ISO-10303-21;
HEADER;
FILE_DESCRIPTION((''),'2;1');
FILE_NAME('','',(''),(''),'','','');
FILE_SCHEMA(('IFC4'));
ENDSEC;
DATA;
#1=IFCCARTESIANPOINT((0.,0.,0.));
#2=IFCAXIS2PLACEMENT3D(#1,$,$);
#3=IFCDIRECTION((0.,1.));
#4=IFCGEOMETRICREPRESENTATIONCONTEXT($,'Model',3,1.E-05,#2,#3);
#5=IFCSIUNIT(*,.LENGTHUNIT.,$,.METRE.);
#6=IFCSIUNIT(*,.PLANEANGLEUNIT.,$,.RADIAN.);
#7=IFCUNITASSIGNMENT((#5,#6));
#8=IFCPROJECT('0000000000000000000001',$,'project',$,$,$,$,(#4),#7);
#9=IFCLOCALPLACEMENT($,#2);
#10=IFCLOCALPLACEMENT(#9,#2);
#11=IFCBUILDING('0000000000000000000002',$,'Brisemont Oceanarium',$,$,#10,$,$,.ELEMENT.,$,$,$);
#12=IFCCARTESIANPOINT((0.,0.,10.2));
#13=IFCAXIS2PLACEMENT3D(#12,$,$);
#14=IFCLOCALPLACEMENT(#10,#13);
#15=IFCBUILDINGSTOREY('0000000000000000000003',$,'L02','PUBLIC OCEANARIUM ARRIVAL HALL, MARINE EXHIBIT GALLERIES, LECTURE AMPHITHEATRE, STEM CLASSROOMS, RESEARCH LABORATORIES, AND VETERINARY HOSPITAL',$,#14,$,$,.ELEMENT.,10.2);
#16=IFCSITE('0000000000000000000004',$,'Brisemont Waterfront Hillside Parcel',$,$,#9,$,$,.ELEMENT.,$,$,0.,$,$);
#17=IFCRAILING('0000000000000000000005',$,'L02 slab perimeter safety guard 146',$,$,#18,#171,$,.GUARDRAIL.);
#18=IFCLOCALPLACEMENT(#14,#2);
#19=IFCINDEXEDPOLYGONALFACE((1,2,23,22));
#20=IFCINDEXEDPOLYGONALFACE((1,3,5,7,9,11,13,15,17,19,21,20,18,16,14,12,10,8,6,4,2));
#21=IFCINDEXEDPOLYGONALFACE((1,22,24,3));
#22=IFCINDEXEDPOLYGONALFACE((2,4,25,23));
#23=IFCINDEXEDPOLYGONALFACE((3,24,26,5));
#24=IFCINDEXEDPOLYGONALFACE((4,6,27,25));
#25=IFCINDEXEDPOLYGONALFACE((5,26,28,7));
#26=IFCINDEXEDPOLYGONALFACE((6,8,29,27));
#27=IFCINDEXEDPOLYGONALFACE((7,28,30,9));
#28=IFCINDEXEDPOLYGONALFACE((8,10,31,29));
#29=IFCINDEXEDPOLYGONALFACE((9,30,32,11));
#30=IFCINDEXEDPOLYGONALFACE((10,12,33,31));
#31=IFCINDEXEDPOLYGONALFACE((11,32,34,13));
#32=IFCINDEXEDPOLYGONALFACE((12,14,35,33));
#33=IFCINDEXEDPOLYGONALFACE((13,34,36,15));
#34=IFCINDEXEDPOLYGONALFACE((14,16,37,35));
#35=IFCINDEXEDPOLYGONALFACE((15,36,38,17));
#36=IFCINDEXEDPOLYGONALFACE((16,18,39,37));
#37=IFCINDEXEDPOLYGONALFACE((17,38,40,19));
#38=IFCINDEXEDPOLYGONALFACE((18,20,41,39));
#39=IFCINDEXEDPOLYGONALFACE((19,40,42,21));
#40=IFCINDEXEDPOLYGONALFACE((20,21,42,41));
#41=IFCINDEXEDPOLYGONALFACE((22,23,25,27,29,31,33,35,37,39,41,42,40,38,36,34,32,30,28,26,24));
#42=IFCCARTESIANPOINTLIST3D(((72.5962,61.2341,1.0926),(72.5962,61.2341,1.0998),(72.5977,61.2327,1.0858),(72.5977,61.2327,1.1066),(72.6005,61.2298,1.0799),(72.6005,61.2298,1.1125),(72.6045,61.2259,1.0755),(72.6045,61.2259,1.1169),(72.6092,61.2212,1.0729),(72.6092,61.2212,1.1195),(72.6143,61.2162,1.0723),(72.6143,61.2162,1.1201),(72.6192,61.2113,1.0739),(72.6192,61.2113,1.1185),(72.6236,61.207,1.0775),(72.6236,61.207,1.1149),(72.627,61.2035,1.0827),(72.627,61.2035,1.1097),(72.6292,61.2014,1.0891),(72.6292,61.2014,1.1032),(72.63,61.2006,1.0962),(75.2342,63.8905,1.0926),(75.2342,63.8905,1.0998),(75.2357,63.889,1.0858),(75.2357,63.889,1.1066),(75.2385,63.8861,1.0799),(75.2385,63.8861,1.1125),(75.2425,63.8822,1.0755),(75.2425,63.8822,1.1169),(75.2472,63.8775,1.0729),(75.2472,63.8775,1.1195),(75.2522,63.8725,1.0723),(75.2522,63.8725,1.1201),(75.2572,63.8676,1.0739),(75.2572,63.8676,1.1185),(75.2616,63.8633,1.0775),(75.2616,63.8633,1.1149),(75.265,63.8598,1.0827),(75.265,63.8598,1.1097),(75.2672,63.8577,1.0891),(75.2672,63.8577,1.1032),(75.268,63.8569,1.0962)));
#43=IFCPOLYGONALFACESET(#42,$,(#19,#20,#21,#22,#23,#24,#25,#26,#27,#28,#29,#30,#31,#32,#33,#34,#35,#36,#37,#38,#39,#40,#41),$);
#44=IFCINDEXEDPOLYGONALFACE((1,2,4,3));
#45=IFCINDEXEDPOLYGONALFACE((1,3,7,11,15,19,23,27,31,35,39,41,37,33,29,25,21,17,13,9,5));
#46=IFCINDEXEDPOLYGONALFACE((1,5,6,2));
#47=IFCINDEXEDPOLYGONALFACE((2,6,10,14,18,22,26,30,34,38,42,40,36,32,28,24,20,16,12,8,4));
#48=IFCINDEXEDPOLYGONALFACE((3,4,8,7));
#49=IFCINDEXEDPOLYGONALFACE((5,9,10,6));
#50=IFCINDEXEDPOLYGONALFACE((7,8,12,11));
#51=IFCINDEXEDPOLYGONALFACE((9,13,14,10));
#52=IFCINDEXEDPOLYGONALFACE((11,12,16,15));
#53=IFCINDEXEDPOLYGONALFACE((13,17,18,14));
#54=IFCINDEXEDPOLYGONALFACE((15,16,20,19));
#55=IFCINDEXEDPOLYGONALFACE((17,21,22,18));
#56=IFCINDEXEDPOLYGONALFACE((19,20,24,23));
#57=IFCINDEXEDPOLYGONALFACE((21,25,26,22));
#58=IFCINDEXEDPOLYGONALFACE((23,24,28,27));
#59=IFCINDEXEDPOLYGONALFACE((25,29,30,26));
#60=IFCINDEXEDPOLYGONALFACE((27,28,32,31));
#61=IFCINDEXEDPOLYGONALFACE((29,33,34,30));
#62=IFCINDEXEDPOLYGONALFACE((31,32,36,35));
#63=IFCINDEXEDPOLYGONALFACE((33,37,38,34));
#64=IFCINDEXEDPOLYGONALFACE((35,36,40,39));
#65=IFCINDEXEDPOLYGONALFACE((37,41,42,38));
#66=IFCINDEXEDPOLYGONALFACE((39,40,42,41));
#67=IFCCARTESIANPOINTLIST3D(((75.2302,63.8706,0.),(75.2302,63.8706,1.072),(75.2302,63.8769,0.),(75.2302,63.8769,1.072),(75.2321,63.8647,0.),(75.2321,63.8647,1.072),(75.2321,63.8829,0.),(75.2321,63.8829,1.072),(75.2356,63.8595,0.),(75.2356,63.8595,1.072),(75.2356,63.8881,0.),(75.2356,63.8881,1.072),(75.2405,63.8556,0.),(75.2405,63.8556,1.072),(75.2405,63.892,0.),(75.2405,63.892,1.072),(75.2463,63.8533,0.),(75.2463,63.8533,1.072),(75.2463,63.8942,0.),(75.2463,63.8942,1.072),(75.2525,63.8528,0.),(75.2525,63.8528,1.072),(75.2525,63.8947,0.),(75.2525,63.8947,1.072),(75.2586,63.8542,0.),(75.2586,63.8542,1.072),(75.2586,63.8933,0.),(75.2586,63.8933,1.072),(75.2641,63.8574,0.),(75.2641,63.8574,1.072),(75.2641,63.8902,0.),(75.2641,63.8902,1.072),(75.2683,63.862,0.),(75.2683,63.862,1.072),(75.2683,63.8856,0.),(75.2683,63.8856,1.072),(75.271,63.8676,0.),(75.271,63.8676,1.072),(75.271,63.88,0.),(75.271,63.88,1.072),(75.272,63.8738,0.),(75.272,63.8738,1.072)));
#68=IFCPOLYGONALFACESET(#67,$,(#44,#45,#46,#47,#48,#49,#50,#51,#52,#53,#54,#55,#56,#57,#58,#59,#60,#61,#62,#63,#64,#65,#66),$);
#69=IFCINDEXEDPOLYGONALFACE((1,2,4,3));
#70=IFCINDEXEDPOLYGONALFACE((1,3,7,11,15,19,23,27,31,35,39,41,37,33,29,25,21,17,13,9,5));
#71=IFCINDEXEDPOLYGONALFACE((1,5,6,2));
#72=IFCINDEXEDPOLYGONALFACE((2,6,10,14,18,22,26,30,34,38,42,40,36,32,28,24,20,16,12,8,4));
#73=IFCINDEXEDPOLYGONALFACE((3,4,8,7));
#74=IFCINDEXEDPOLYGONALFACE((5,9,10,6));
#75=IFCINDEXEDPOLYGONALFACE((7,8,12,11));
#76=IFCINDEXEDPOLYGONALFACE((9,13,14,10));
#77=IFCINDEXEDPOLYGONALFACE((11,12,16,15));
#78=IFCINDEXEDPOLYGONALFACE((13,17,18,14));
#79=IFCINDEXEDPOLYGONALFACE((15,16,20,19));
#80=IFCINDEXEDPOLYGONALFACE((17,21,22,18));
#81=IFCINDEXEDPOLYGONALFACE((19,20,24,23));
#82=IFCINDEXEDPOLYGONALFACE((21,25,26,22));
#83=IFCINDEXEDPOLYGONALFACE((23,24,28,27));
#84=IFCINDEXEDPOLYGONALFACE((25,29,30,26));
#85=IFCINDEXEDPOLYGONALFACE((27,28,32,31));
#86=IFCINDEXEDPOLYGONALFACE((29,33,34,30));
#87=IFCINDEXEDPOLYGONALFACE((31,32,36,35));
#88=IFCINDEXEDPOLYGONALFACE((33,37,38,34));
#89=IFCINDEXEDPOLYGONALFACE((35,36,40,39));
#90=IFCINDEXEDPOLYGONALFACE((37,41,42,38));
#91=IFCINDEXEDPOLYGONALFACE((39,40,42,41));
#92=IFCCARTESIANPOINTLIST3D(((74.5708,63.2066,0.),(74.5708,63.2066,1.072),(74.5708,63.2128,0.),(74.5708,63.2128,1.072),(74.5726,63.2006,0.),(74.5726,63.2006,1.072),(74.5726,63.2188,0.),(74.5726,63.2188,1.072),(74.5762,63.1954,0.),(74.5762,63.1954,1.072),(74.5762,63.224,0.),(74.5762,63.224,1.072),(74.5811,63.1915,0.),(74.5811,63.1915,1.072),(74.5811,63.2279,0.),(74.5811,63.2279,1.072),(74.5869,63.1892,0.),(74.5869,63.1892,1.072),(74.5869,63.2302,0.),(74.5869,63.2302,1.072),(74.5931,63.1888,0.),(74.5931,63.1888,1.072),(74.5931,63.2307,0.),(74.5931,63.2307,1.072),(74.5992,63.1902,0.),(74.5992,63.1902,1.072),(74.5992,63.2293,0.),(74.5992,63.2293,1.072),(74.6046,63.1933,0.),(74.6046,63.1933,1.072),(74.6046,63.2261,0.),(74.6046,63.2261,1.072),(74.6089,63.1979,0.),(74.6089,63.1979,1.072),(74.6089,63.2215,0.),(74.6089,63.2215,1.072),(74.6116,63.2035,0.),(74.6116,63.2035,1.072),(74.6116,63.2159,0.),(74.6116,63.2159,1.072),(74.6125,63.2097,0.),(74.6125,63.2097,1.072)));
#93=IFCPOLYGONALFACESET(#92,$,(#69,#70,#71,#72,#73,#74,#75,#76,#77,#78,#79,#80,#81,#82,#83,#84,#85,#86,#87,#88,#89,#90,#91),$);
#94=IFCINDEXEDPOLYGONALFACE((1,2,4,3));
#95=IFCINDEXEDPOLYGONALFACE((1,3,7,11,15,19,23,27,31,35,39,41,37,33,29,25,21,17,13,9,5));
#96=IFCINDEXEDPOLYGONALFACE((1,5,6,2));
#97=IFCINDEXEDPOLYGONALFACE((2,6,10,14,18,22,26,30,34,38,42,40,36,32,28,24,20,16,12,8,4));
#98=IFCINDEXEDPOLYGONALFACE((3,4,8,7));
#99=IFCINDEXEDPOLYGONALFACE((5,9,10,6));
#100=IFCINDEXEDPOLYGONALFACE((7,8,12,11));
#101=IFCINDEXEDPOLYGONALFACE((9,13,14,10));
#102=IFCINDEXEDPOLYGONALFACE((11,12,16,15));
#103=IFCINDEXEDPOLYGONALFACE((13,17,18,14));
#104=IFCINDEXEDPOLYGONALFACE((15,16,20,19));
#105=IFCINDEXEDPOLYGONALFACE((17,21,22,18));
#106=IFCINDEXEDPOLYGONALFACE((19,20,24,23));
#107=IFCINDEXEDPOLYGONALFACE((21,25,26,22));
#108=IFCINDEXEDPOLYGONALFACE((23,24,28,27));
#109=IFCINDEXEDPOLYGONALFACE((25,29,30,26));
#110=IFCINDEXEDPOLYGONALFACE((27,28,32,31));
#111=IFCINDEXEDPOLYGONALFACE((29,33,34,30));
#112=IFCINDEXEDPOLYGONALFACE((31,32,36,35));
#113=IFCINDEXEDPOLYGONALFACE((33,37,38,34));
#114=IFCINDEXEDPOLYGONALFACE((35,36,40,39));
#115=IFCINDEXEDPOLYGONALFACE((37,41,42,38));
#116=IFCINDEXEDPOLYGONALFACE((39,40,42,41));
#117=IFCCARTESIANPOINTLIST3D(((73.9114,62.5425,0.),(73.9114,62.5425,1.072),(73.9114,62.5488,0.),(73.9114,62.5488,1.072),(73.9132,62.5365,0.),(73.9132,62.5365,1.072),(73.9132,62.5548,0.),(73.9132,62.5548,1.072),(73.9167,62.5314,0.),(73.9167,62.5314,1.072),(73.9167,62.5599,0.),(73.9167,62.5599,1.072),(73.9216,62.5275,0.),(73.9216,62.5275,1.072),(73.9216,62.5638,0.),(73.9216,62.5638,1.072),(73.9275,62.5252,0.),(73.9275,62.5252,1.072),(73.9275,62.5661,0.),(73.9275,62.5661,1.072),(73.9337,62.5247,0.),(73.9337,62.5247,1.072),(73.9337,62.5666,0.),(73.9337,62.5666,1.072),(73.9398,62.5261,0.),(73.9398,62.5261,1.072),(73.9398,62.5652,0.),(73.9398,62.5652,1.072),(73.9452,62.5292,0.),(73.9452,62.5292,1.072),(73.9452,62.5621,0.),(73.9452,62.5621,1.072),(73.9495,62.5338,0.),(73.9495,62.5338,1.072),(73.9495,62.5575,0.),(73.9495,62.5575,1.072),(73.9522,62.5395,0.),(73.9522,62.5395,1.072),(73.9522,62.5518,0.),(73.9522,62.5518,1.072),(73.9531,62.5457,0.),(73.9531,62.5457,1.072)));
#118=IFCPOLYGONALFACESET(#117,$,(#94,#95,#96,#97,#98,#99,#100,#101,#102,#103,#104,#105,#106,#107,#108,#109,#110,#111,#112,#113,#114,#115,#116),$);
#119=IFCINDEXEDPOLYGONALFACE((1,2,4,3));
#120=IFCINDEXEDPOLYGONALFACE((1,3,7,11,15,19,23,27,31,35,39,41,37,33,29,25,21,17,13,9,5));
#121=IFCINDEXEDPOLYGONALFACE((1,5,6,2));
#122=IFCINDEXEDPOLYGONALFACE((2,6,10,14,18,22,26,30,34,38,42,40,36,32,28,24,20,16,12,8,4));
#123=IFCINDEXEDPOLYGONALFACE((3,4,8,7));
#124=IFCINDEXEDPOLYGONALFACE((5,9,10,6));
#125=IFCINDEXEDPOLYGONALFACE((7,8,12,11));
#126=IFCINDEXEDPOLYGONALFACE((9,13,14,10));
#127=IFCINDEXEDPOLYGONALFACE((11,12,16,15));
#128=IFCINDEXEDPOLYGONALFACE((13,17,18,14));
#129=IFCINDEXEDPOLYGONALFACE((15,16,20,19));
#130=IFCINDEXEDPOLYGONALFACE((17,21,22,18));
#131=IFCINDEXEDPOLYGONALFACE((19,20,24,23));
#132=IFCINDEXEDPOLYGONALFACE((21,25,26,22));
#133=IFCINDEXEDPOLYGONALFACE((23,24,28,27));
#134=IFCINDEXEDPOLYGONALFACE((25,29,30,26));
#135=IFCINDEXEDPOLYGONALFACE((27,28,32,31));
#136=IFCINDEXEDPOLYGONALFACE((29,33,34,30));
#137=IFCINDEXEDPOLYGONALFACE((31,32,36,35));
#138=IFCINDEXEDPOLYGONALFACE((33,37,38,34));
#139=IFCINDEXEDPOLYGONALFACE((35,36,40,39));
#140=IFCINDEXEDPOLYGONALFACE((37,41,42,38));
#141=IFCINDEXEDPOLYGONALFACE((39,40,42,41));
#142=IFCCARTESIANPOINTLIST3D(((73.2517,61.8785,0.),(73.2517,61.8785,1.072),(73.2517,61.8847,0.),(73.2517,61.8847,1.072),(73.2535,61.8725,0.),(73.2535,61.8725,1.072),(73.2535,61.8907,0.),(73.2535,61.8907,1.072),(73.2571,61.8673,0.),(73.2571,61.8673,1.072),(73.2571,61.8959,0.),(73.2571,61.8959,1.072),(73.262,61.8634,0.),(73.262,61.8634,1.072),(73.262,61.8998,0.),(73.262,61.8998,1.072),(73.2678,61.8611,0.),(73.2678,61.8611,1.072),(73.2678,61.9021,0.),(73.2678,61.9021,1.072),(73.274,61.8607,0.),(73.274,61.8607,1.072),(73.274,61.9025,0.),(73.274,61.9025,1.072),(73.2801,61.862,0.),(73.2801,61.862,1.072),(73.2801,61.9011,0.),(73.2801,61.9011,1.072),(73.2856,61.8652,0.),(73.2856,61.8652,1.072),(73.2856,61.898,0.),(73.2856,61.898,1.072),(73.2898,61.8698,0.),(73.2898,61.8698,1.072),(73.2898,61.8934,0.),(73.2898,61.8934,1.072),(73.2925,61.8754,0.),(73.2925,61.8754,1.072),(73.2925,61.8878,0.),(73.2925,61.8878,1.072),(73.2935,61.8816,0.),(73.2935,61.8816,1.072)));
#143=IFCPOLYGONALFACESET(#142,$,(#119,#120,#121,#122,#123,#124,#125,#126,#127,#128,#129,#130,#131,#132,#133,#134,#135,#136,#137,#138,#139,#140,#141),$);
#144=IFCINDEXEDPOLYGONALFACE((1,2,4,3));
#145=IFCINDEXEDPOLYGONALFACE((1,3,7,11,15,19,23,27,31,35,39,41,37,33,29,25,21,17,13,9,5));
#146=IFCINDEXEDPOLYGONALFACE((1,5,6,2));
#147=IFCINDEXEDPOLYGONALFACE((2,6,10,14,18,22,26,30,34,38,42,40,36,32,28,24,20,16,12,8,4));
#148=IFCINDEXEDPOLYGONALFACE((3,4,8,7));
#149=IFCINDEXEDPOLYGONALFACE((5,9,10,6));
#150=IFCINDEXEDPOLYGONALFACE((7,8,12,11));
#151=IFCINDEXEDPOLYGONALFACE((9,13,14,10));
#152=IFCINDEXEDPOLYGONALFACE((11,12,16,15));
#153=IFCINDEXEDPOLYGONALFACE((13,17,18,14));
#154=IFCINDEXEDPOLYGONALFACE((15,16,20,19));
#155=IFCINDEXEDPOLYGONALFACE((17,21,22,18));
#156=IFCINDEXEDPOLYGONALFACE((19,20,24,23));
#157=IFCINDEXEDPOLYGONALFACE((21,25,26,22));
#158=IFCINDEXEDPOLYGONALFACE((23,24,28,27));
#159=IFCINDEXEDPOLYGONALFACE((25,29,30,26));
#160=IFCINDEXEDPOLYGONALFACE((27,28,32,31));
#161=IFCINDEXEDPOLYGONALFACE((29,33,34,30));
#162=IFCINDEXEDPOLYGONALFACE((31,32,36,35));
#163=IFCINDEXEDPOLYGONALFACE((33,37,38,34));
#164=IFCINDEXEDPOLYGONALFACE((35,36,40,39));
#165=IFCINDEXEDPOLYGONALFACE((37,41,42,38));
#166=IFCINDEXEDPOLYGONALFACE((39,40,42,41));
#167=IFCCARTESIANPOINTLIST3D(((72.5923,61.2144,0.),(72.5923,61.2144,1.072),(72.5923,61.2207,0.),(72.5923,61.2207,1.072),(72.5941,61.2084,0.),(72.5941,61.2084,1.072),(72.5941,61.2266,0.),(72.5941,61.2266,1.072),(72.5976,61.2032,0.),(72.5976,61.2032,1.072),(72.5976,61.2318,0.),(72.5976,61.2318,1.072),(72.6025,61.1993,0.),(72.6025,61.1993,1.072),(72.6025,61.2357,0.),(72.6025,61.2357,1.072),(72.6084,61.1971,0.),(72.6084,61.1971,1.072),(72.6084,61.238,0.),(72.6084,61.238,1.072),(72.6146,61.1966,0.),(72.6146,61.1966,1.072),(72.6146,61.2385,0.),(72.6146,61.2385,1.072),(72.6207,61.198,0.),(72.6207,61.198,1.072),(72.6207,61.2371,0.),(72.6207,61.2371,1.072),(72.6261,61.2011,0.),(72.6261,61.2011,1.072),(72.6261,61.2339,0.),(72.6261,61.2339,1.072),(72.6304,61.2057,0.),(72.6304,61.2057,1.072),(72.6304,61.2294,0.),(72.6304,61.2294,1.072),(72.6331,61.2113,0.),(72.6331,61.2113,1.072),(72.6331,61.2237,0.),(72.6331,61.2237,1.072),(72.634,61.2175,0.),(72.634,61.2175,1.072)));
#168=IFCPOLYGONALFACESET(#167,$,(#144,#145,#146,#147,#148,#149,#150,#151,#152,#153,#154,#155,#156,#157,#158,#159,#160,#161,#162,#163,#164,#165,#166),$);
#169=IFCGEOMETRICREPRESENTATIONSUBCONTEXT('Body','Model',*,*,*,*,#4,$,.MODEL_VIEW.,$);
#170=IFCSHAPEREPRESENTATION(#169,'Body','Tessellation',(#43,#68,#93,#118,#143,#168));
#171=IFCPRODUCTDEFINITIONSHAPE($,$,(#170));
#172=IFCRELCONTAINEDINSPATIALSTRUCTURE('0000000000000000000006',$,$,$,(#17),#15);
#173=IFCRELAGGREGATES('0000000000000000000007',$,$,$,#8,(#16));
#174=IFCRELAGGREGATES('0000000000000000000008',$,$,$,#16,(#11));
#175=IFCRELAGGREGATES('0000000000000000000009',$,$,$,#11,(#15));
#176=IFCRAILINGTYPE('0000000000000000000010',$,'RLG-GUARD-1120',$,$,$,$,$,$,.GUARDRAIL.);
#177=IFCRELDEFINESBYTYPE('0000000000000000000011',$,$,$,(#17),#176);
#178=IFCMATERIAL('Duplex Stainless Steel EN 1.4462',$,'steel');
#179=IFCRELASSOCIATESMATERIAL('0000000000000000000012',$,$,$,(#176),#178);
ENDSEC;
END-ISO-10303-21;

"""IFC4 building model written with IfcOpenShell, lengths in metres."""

from ifc_helpers import new_model, si_unit, direction, frame, origin, origin_2d, place, context, subcontext, project, spatial, circle, extrude, material, type_object, element, save


model = new_model("IFC4")

# Units and contexts
model_context = context("Model", 3, precision=1e-05, world=origin(), true_north=direction((0.0, 1.0)))
body_context = subcontext(model_context, "Body", "Model", "MODEL_VIEW")
ifc_project = project(units=[si_unit("LENGTHUNIT", "METRE"), si_unit("PLANEANGLEUNIT", "RADIAN")], contexts=[model_context])

# Site, building, storey
site_placement = place(None, origin())
site = spatial("IfcSite", under=ifc_project, at=site_placement, Name="Brisemont Waterfront Hillside Parcel", CompositionType="ELEMENT", RefElevation=0.0)
building_placement = place(site_placement, origin())
building = spatial("IfcBuilding", under=site, at=building_placement, Name="Brisemont Oceanarium", CompositionType="ELEMENT")
storey_placement = place(building_placement, frame((0.0, 0.0, 10.2)))
storey = spatial("IfcBuildingStorey", under=building, at=storey_placement, Name="L02", Description="PUBLIC OCEANARIUM ARRIVAL HALL, MARINE EXHIBIT GALLERIES, LECTURE AMPHITHEATRE, STEM CLASSROOMS, RESEARCH LABORATORIES, AND VETERINARY HOSPITAL", CompositionType="ELEMENT", Elevation=10.2)

# Railing
ifc_material_1 = material(Name="Duplex Stainless Steel EN 1.4462", Category="steel")
railing_type = type_object("IfcRailingType", Name="RLG-GUARD-1120", PredefinedType="GUARDRAIL", material=ifc_material_1)
railing_1_placement = place(storey_placement, frame((75.251, 63.8738, 0.0)))
element("IfcRailing", 1, at=railing_1_placement, inside=storey, type_object=railing_type, Name="L02 slab perimeter safety guard 146", PredefinedType="GUARDRAIL", context=body_context, shape_type="SweptSolid", body=[
    extrude(circle(Radius=0.0239, at=origin_2d()), frame((0.0, 0.0, 1.0962), z_axis=(-0.704657, -0.709548, 0.0), x_axis=(0.709548, -0.704657, 0.0)), (0.0, 0.0, 1.0), 3.7437),
    extrude(circle(Radius=0.021, at=origin_2d()), origin(), (0.0, 0.0, 1.0), 1.072),
    extrude(circle(Radius=0.021, at=origin_2d()), frame((-0.6594, -0.6641, 0.0)), (0.0, 0.0, 1.0), 1.072),
    extrude(circle(Radius=0.021, at=origin_2d()), frame((-1.3188, -1.3281, 0.0)), (0.0, 0.0, 1.0), 1.072),
    extrude(circle(Radius=0.021, at=origin_2d()), frame((-1.9785, -1.9922, 0.0)), (0.0, 0.0, 1.0), 1.072),
    extrude(circle(Radius=0.021, at=origin_2d()), frame((-2.6379, -2.6562, 0.0)), (0.0, 0.0, 1.0), 1.072),
])

save(model, "model.ifc")
